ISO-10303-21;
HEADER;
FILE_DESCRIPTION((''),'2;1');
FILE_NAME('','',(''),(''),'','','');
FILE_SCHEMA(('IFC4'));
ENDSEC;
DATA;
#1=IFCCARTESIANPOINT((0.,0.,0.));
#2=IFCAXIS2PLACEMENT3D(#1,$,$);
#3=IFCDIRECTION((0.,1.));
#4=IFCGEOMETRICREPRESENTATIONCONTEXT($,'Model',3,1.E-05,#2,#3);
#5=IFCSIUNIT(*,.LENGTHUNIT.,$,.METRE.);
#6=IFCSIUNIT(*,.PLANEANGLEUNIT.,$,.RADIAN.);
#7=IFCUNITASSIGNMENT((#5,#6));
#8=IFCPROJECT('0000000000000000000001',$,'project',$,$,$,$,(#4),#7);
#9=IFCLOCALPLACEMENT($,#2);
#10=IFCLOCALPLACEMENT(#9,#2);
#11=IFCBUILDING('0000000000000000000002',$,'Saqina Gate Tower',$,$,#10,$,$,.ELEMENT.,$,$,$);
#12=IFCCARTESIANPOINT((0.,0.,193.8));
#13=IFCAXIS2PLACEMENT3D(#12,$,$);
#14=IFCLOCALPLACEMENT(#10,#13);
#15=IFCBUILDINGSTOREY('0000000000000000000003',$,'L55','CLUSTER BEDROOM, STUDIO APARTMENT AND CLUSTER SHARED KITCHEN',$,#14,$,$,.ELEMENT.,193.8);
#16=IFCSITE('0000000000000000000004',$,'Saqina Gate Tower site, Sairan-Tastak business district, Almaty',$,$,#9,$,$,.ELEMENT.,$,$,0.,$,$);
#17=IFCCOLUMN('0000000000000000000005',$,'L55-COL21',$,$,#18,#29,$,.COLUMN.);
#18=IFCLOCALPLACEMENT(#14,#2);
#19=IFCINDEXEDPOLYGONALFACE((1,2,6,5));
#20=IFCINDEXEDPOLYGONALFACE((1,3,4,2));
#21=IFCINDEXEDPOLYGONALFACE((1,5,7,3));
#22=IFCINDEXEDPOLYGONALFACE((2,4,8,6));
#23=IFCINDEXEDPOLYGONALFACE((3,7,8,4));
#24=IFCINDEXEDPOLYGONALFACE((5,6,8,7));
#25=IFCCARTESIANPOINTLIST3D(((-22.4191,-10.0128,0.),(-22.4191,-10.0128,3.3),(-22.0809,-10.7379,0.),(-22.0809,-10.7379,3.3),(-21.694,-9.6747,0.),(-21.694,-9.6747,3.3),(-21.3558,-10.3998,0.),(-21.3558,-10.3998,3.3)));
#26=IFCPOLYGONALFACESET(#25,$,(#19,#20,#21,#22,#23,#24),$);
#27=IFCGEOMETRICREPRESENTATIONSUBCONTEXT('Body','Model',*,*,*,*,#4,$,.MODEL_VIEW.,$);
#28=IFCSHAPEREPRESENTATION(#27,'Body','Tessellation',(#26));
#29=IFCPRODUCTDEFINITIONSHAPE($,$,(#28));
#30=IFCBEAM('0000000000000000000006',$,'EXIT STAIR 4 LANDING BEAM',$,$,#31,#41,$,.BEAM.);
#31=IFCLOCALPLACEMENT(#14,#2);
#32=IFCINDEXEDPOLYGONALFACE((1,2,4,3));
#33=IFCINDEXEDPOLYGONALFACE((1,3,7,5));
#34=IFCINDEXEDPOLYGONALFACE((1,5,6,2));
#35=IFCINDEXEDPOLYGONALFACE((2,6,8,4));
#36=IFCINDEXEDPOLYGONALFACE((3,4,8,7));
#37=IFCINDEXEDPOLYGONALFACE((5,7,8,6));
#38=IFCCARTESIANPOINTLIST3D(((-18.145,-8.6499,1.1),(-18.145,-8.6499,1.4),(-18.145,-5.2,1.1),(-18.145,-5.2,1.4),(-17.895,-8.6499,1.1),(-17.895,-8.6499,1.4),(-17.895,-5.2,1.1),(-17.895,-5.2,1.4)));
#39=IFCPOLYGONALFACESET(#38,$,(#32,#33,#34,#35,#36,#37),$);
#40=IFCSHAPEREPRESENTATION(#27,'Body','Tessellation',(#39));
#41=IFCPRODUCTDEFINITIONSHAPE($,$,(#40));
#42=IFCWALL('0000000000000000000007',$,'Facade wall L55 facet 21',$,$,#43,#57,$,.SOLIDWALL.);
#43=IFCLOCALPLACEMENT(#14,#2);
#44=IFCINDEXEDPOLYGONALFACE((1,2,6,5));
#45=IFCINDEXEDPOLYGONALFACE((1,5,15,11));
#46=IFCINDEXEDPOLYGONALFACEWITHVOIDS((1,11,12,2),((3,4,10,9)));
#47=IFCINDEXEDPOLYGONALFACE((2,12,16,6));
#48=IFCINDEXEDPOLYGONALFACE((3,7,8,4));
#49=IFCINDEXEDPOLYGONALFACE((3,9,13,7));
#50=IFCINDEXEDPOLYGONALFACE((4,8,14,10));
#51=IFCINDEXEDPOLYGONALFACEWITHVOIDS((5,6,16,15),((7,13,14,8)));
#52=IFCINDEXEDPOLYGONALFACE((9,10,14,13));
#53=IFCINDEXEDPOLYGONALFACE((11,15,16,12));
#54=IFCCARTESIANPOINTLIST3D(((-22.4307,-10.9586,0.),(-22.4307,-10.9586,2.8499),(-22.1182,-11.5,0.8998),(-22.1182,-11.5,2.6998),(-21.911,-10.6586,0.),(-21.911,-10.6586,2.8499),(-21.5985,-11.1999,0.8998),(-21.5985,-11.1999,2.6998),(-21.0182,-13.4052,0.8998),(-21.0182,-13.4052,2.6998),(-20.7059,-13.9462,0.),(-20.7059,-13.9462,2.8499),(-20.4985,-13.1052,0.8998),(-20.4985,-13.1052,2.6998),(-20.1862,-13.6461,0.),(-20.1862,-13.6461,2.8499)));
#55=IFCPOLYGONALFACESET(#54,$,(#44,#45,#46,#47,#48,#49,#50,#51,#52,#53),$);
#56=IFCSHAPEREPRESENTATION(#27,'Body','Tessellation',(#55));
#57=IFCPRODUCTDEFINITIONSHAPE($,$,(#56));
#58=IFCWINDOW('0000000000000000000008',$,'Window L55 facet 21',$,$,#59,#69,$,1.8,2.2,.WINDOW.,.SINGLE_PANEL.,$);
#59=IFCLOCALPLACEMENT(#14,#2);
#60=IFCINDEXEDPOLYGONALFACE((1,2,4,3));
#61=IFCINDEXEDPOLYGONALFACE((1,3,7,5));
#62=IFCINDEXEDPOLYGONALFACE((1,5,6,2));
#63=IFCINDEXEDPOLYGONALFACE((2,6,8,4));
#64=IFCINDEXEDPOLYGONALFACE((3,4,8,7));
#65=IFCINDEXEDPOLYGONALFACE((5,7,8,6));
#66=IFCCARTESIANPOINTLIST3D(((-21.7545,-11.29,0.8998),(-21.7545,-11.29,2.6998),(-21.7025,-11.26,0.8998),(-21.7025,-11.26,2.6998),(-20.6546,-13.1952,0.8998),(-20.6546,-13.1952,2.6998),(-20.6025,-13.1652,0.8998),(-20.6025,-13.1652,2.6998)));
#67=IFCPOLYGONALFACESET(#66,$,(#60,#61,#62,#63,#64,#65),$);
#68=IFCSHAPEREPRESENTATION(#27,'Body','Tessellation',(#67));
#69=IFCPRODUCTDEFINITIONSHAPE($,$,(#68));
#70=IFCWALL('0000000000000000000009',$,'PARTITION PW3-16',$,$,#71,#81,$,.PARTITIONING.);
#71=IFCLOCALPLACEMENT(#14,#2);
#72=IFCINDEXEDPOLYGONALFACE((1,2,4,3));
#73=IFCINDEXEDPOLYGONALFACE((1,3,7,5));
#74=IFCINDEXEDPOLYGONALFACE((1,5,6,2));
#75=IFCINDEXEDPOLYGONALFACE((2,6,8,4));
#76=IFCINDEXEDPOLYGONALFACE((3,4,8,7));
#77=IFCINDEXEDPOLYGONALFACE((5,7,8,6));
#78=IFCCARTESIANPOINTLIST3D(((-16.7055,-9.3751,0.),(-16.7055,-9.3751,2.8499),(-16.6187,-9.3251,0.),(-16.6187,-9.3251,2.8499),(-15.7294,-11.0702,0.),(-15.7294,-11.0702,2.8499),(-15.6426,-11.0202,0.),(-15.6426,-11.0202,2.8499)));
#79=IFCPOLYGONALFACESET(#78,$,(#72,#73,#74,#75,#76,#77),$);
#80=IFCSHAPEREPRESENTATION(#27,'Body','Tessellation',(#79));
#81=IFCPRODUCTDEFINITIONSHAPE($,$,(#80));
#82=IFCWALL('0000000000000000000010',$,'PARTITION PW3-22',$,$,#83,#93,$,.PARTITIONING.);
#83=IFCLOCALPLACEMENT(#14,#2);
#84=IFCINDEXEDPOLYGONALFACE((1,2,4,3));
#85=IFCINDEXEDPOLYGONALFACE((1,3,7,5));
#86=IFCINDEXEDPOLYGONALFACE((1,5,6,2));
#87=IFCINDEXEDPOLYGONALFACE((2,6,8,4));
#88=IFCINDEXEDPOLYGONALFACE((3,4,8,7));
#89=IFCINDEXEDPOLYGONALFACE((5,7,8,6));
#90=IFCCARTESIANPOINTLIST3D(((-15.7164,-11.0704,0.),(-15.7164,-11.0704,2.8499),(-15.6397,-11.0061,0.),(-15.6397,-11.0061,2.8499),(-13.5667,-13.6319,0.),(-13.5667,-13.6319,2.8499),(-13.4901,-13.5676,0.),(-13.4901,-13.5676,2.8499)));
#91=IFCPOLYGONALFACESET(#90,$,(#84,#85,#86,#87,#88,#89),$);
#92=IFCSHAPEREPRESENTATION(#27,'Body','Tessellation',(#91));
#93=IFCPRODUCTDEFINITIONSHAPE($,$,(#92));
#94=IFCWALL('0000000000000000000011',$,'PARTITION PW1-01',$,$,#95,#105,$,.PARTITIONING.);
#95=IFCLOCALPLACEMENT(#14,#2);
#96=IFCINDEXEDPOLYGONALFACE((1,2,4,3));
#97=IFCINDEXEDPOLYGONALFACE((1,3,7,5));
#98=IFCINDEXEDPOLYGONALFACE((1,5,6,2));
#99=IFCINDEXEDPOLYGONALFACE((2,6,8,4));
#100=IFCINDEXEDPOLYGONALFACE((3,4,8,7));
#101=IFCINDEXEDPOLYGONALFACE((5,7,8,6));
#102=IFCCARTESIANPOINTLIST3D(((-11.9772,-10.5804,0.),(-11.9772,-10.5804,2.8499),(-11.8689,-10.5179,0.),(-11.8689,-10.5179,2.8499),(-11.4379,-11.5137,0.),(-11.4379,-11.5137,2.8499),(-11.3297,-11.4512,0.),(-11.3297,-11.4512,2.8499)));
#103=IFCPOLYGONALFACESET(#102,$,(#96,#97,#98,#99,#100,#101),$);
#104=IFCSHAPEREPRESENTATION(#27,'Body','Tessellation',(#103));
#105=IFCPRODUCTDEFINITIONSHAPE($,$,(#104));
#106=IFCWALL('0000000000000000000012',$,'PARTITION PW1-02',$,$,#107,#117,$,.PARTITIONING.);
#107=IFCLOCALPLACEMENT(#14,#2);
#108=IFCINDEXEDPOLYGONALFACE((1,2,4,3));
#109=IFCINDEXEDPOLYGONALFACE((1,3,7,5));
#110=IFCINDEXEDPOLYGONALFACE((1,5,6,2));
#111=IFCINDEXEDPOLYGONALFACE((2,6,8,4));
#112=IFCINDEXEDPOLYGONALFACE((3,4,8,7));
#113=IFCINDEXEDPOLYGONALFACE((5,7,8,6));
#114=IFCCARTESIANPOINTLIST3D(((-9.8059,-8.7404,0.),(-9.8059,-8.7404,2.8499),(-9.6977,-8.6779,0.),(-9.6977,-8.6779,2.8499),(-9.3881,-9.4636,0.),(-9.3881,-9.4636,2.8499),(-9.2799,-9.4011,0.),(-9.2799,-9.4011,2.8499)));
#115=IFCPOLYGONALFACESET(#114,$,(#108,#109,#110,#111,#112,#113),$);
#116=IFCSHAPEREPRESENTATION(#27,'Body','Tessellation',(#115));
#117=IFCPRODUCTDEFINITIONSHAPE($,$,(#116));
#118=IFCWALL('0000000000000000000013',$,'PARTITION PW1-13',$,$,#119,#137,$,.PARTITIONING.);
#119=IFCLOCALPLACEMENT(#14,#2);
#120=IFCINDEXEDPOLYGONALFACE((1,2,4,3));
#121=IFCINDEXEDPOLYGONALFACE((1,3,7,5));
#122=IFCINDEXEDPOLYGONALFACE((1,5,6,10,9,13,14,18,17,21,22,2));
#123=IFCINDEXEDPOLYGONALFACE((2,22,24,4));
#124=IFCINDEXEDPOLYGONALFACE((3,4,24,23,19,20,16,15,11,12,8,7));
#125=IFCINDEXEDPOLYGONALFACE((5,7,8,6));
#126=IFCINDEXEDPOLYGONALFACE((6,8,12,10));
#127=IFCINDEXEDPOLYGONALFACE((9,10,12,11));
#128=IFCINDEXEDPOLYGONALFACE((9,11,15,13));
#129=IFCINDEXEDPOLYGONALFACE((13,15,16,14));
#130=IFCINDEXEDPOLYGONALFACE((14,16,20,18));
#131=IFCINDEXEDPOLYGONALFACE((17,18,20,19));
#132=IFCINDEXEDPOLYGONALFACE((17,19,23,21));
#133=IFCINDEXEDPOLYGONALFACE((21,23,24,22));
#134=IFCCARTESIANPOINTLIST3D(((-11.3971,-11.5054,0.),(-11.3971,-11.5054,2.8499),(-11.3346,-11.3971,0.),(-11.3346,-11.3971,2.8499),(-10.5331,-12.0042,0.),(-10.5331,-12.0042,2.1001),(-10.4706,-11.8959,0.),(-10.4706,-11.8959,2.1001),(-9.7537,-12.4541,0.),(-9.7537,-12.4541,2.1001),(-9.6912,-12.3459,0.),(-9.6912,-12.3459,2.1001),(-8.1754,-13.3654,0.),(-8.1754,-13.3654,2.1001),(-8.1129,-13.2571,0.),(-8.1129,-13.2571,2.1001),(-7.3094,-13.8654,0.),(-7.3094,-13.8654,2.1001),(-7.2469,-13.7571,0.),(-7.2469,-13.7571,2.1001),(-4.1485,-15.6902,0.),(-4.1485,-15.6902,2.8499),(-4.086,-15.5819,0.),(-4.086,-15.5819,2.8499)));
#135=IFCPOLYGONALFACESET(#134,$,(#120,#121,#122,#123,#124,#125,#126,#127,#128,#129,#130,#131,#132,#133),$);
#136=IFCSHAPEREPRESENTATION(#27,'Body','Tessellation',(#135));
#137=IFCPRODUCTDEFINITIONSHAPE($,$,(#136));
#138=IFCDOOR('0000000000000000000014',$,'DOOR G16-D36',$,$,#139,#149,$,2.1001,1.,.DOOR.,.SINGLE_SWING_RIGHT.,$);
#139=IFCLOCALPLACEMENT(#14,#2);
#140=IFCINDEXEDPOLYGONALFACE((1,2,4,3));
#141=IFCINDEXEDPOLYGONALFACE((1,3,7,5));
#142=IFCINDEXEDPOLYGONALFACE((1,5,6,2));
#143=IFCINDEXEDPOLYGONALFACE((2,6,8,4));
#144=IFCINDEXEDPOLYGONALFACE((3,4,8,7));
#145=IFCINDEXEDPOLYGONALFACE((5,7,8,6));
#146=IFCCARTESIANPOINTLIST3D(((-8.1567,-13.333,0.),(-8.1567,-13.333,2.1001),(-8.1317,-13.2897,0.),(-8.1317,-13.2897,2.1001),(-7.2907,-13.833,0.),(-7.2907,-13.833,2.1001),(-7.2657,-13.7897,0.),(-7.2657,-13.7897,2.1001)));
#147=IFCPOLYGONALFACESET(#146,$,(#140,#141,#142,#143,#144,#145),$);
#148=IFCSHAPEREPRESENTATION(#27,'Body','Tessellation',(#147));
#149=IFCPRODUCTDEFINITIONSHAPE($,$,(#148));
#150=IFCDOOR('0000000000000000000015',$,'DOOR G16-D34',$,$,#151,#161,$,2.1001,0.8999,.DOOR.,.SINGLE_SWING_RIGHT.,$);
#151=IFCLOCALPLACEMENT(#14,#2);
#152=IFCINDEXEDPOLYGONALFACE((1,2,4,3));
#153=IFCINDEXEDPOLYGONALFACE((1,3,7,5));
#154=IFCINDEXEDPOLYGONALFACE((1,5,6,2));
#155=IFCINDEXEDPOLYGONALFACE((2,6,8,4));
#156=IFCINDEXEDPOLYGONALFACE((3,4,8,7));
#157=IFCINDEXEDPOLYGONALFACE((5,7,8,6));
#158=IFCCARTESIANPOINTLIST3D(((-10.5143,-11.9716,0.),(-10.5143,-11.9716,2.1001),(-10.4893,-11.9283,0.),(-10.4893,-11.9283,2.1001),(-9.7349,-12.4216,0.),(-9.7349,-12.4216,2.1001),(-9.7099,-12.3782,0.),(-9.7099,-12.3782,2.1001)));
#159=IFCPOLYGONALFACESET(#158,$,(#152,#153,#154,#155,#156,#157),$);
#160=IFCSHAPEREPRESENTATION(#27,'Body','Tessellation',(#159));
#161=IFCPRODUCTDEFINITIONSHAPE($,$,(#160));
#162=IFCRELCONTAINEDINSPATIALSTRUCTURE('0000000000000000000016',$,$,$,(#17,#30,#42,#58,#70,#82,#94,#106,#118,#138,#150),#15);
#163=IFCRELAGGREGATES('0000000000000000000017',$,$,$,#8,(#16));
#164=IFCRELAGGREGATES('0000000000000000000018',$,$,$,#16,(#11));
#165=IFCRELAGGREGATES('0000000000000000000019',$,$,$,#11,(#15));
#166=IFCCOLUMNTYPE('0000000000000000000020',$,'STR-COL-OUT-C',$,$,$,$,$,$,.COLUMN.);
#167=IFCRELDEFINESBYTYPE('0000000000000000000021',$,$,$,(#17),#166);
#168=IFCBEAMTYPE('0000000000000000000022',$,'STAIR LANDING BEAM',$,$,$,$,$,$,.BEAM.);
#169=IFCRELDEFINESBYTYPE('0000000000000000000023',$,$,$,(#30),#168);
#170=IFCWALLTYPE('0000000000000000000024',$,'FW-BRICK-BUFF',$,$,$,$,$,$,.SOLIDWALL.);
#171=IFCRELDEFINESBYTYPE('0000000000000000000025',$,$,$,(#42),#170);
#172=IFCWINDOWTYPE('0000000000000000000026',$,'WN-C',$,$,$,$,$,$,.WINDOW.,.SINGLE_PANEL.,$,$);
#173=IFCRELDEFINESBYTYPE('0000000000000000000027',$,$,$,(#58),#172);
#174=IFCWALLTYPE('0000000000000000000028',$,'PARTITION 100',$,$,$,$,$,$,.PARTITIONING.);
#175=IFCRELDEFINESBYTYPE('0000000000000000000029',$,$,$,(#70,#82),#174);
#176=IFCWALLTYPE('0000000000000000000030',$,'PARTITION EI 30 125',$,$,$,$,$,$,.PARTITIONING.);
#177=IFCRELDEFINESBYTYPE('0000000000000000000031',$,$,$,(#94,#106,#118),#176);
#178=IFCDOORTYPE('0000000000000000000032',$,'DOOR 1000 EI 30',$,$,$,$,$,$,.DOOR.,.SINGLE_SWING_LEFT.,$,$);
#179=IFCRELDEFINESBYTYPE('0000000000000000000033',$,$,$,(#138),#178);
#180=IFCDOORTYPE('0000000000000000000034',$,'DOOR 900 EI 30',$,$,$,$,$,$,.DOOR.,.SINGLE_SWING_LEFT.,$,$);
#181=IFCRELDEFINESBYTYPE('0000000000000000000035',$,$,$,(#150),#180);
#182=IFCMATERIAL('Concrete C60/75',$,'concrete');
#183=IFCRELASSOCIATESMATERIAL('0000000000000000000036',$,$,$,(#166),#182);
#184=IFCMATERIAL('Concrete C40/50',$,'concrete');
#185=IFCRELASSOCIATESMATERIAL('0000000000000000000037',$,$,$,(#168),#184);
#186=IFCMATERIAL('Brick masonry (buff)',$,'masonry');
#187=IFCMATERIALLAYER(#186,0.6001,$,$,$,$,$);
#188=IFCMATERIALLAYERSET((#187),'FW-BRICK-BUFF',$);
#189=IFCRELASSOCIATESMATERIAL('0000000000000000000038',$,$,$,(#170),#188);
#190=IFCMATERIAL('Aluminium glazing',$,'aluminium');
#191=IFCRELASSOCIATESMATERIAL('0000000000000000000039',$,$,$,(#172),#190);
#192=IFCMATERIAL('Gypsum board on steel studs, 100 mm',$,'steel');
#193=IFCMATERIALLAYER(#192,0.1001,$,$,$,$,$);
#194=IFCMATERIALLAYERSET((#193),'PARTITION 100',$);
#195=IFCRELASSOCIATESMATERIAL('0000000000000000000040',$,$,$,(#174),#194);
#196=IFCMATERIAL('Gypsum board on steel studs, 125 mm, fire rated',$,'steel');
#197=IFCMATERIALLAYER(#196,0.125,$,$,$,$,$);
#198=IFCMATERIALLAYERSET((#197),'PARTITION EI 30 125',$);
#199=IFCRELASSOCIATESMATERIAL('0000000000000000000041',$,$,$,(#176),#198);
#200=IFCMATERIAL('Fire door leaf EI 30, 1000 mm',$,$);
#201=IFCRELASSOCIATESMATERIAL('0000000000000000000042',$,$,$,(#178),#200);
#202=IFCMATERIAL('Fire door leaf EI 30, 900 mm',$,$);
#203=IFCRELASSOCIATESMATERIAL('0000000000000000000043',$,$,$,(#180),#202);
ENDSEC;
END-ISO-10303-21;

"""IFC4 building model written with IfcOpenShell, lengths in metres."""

from ifc_helpers import new_model, si_unit, direction, frame, frame_2d, origin, origin_2d, place, context, subcontext, project, spatial, rectangle, extrude, material, layer, layer_set, material_profile, profile_set, type_object, element, fill, save


model = new_model("IFC4")

# Units and contexts
model_context = context("Model", 3, precision=1e-05, world=origin(), true_north=direction((0.0, 1.0)))
body_context = subcontext(model_context, "Body", "Model", "MODEL_VIEW")
ifc_project = project(units=[si_unit("LENGTHUNIT", "METRE"), si_unit("PLANEANGLEUNIT", "RADIAN")], contexts=[model_context])

# Site, building, storey
site_placement = place(None, origin())
site = spatial("IfcSite", under=ifc_project, at=site_placement, Name="Saqina Gate Tower site, Sairan-Tastak business district, Almaty", CompositionType="ELEMENT", RefElevation=0.0)
building_placement = place(site_placement, origin())
building = spatial("IfcBuilding", under=site, at=building_placement, Name="Saqina Gate Tower", CompositionType="ELEMENT")
storey_placement = place(building_placement, frame((0.0, 0.0, 193.8)))
storey = spatial("IfcBuildingStorey", under=building, at=storey_placement, Name="L55", Description="CLUSTER BEDROOM, STUDIO APARTMENT AND CLUSTER SHARED KITCHEN", CompositionType="ELEMENT", Elevation=193.8)

# Column
ifc_material_1 = material(Name="Concrete C60/75", Category="concrete")
ifc_material_profile_1 = material_profile(ifc_material_1, rectangle(XDim=0.8, YDim=0.8, at=origin_2d()), Name="RC 800x800")
ifc_profile_set_1 = profile_set([ifc_material_profile_1], Name="Concrete C60/75")
column_type = type_object("IfcColumnType", Name="STR-COL-OUT-C", PredefinedType="COLUMN", material=ifc_profile_set_1)
column_placement = place(storey_placement, frame((-21.8875, -10.2063, 0.0), z_axis=(0.0, 0.0, 1.0), x_axis=(-0.906308, -0.422618, 0.0)))
element("IfcColumn", 1, at=column_placement, inside=storey, type_object=column_type, Name="L55-COL21", PredefinedType="COLUMN", context=body_context, shape_type="SweptSolid", body=[
    extrude(rectangle(XDim=0.8, YDim=0.8, at=origin_2d()), origin(), (0.0, 0.0, 1.0), 3.3),
])

# Beam
ifc_material_2 = material(Name="Concrete C40/50", Category="concrete")
ifc_material_profile_2 = material_profile(ifc_material_2, rectangle(XDim=0.25, YDim=0.3, at=origin_2d()), Name="STAIR LANDING BEAM")
ifc_profile_set_2 = profile_set([ifc_material_profile_2], Name="Concrete C40/50")
beam_type = type_object("IfcBeamType", Name="STAIR LANDING BEAM", PredefinedType="BEAM", material=ifc_profile_set_2)
beam_placement = place(storey_placement, frame((-18.02, -8.6499, 1.25), z_axis=(0.0, 1.0, 0.0), x_axis=(-1.0, 0.0, 0.0)))
element("IfcBeam", 2, at=beam_placement, inside=storey, type_object=beam_type, Name="EXIT STAIR 4 LANDING BEAM", PredefinedType="BEAM", context=body_context, shape_type="SweptSolid", body=[
    extrude(rectangle(XDim=0.25, YDim=0.3, at=origin_2d()), origin(), (0.0, 0.0, 1.0), 3.45),
])

# Wall, opening, window
ifc_material_3 = material(Name="Brick masonry (buff)", Category="masonry")
ifc_layer_1 = layer(ifc_material_3, 0.6001)
ifc_layer_set_1 = layer_set([ifc_layer_1], Name="FW-BRICK-BUFF")
wall_type_1 = type_object("IfcWallType", Name="FW-BRICK-BUFF", PredefinedType="SOLIDWALL", material=ifc_layer_set_1)
wall_1_placement = place(storey_placement, frame((-22.1709, -10.8086, 0.0), z_axis=(0.0, 0.0, 1.0), x_axis=(0.499998, -0.866026, 0.0)))
wall_1 = element("IfcWall", 3, at=wall_1_placement, inside=storey, type_object=wall_type_1, Name="Facade wall L55 facet 21", PredefinedType="SOLIDWALL", context=body_context, shape_type="SweptSolid", body=[
    extrude(rectangle(XDim=3.4497, YDim=0.6001, at=frame_2d((1.7249, 0.0))), origin(), (0.0, 0.0, 1.0), 2.8499),
])
opening_1_placement = place(wall_1_placement, frame((0.625, 0.0, 0.8999)))
opening_1 = element("IfcOpeningElement", 4, at=opening_1_placement, cuts=wall_1, PredefinedType="OPENING", context=body_context, shape_type="SweptSolid", body=[
    extrude(rectangle(XDim=2.2, YDim=1.8, at=frame_2d((1.1001, 0.8999))), frame((0.0, 0.312, 0.0), z_axis=(0.0, -1.0, 0.0), x_axis=(1.0, 0.0, 0.0)), (0.0, 0.0, 1.0), 0.624),
])
ifc_material_4 = material(Name="Aluminium glazing", Category="aluminium")
window_type = type_object("IfcWindowType", Name="WN-C", PartitioningType="SINGLE_PANEL", PredefinedType="WINDOW", material=ifc_material_4)
window_placement = place(opening_1_placement, origin())
window = element("IfcWindow", 5, at=window_placement, inside=storey, type_object=window_type, Name="Window L55 facet 21", OverallHeight=1.8, OverallWidth=2.2, PartitioningType="SINGLE_PANEL", PredefinedType="WINDOW", context=body_context, shape_type="SweptSolid", body=[
    extrude(rectangle(XDim=2.2, YDim=1.8, at=frame_2d((1.1001, 0.8999))), frame((0.0, 0.1799, 0.0), z_axis=(0.0, -1.0, 0.0), x_axis=(1.0, 0.0, 0.0)), (0.0, 0.0, 1.0), 0.0601),
])
fill(opening_1, window)

# Walls
ifc_material_5 = material(Name="Gypsum board on steel studs, 100 mm", Category="steel")
ifc_layer_2 = layer(ifc_material_5, 0.1001)
ifc_layer_set_2 = layer_set([ifc_layer_2], Name="PARTITION 100")
wall_type_2 = type_object("IfcWallType", Name="PARTITION 100", PredefinedType="PARTITIONING", material=ifc_layer_set_2)
wall_2_placement = place(storey_placement, frame((-16.6621, -9.3501, 0.0), z_axis=(0.0, 0.0, 1.0), x_axis=(0.499013, -0.866595, 0.0)))
element("IfcWall", 6, at=wall_2_placement, inside=storey, type_object=wall_type_2, Name="PARTITION PW3-16", PredefinedType="PARTITIONING", context=body_context, shape_type="SweptSolid", body=[
    extrude(rectangle(XDim=1.9561, YDim=0.1001, at=frame_2d((0.978, 0.0))), origin(), (0.0, 0.0, 1.0), 2.8499),
])
wall_3_placement = place(storey_placement, frame((-15.678, -11.0383, 0.0), z_axis=(0.0, 0.0, 1.0), x_axis=(0.642838, -0.766003, 0.0)))
element("IfcWall", 7, at=wall_3_placement, inside=storey, type_object=wall_type_2, Name="PARTITION PW3-22", PredefinedType="PARTITIONING", context=body_context, shape_type="SweptSolid", body=[
    extrude(rectangle(XDim=3.344, YDim=0.1001, at=frame_2d((1.6719, 0.0))), origin(), (0.0, 0.0, 1.0), 2.8499),
])
ifc_material_6 = material(Name="Gypsum board on steel studs, 125 mm, fire rated", Category="steel")
ifc_layer_3 = layer(ifc_material_6, 0.125)
ifc_layer_set_3 = layer_set([ifc_layer_3], Name="PARTITION EI 30 125")
wall_type_3 = type_object("IfcWallType", Name="PARTITION EI 30 125", PredefinedType="PARTITIONING", material=ifc_layer_set_3)
wall_4_placement = place(storey_placement, frame((-11.9231, -10.5491, 0.0), z_axis=(0.0, 0.0, 1.0), x_axis=(0.500304, -0.86585, 0.0)))
element("IfcWall", 8, at=wall_4_placement, inside=storey, type_object=wall_type_3, Name="PARTITION PW1-01", PredefinedType="PARTITIONING", context=body_context, shape_type="SweptSolid", body=[
    extrude(rectangle(XDim=1.0779, YDim=0.125, at=frame_2d((0.5391, 0.0))), origin(), (0.0, 0.0, 1.0), 2.8499),
])
wall_5_placement = place(storey_placement, frame((-9.7517, -8.7092, 0.0), z_axis=(0.0, 0.0, 1.0), x_axis=(0.500195, -0.865913, 0.0)))
element("IfcWall", 9, at=wall_5_placement, inside=storey, type_object=wall_type_3, Name="PARTITION PW1-02", PredefinedType="PARTITIONING", context=body_context, shape_type="SweptSolid", body=[
    extrude(rectangle(XDim=0.8352, YDim=0.125, at=frame_2d((0.4175, 0.0))), origin(), (0.0, 0.0, 1.0), 2.8499),
])

# Wall, openings, doors
wall_6_placement = place(storey_placement, frame((-11.366, -11.4512, 0.0), z_axis=(0.0, 0.0, 1.0), x_axis=(0.866032, -0.499988, 0.0)))
wall_6 = element("IfcWall", 10, at=wall_6_placement, inside=storey, type_object=wall_type_3, Name="PARTITION PW1-13", PredefinedType="PARTITIONING", context=body_context, shape_type="SweptSolid", body=[
    extrude(rectangle(XDim=8.3699, YDim=0.125, at=frame_2d((4.1851, 0.0))), origin(), (0.0, 0.0, 1.0), 2.8499),
])
opening_2_placement = place(wall_6_placement, frame((0.9978, 0.0, 0.0)))
opening_2 = element("IfcOpeningElement", 11, at=opening_2_placement, cuts=wall_6, PredefinedType="OPENING", context=body_context, shape_type="SweptSolid", body=[
    extrude(rectangle(XDim=0.8999, YDim=2.1001, at=frame_2d((0.45, 1.05))), frame((0.0, 0.0745, 0.0), z_axis=(0.0, -1.0, 0.0), x_axis=(1.0, 0.0, 0.0)), (0.0, 0.0, 1.0), 0.1489),
])
opening_3_placement = place(wall_6_placement, frame((3.7202, 0.0, 0.0)))
opening_3 = element("IfcOpeningElement", 12, at=opening_3_placement, cuts=wall_6, PredefinedType="OPENING", context=body_context, shape_type="SweptSolid", body=[
    extrude(rectangle(XDim=1.0, YDim=2.1001, at=frame_2d((0.5, 1.05))), frame((0.0, 0.0745, 0.0), z_axis=(0.0, -1.0, 0.0), x_axis=(1.0, 0.0, 0.0)), (0.0, 0.0, 1.0), 0.1489),
])
ifc_material_7 = material(Name="Fire door leaf EI 30, 1000 mm")
door_type_1 = type_object("IfcDoorType", Name="DOOR 1000 EI 30", OperationType="SINGLE_SWING_LEFT", PredefinedType="DOOR", material=ifc_material_7)
door_1_placement = place(opening_3_placement, origin())
door_1 = element("IfcDoor", 13, at=door_1_placement, inside=storey, type_object=door_type_1, Name="DOOR G16-D36", OperationType="SINGLE_SWING_RIGHT", OverallHeight=2.1001, OverallWidth=1.0, PredefinedType="DOOR", context=body_context, shape_type="SweptSolid", body=[
    extrude(rectangle(XDim=1.0, YDim=2.1001, at=frame_2d((0.5, 1.05))), frame((0.0, 0.0249, 0.0), z_axis=(0.0, -1.0, 0.0), x_axis=(1.0, 0.0, 0.0)), (0.0, 0.0, 1.0), 0.05),
])
fill(opening_3, door_1)
ifc_material_8 = material(Name="Fire door leaf EI 30, 900 mm")
door_type_2 = type_object("IfcDoorType", Name="DOOR 900 EI 30", OperationType="SINGLE_SWING_LEFT", PredefinedType="DOOR", material=ifc_material_8)
door_2_placement = place(opening_2_placement, frame((0.8999, 0.0, 0.0), z_axis=(0.0, 0.0, 1.0), x_axis=(-1.0, 0.0, 0.0)))
door_2 = element("IfcDoor", 14, at=door_2_placement, inside=storey, type_object=door_type_2, Name="DOOR G16-D34", OperationType="SINGLE_SWING_RIGHT", OverallHeight=2.1001, OverallWidth=0.8999, PredefinedType="DOOR", context=body_context, shape_type="SweptSolid", body=[
    extrude(rectangle(XDim=0.8999, YDim=2.1001, at=frame_2d((0.45, 1.05))), frame((0.0, 0.0249, 0.0), z_axis=(0.0, -1.0, 0.0), x_axis=(1.0, 0.0, 0.0)), (0.0, 0.0, 1.0), 0.05),
])
fill(opening_2, door_2)

save(model, "model.ifc")
